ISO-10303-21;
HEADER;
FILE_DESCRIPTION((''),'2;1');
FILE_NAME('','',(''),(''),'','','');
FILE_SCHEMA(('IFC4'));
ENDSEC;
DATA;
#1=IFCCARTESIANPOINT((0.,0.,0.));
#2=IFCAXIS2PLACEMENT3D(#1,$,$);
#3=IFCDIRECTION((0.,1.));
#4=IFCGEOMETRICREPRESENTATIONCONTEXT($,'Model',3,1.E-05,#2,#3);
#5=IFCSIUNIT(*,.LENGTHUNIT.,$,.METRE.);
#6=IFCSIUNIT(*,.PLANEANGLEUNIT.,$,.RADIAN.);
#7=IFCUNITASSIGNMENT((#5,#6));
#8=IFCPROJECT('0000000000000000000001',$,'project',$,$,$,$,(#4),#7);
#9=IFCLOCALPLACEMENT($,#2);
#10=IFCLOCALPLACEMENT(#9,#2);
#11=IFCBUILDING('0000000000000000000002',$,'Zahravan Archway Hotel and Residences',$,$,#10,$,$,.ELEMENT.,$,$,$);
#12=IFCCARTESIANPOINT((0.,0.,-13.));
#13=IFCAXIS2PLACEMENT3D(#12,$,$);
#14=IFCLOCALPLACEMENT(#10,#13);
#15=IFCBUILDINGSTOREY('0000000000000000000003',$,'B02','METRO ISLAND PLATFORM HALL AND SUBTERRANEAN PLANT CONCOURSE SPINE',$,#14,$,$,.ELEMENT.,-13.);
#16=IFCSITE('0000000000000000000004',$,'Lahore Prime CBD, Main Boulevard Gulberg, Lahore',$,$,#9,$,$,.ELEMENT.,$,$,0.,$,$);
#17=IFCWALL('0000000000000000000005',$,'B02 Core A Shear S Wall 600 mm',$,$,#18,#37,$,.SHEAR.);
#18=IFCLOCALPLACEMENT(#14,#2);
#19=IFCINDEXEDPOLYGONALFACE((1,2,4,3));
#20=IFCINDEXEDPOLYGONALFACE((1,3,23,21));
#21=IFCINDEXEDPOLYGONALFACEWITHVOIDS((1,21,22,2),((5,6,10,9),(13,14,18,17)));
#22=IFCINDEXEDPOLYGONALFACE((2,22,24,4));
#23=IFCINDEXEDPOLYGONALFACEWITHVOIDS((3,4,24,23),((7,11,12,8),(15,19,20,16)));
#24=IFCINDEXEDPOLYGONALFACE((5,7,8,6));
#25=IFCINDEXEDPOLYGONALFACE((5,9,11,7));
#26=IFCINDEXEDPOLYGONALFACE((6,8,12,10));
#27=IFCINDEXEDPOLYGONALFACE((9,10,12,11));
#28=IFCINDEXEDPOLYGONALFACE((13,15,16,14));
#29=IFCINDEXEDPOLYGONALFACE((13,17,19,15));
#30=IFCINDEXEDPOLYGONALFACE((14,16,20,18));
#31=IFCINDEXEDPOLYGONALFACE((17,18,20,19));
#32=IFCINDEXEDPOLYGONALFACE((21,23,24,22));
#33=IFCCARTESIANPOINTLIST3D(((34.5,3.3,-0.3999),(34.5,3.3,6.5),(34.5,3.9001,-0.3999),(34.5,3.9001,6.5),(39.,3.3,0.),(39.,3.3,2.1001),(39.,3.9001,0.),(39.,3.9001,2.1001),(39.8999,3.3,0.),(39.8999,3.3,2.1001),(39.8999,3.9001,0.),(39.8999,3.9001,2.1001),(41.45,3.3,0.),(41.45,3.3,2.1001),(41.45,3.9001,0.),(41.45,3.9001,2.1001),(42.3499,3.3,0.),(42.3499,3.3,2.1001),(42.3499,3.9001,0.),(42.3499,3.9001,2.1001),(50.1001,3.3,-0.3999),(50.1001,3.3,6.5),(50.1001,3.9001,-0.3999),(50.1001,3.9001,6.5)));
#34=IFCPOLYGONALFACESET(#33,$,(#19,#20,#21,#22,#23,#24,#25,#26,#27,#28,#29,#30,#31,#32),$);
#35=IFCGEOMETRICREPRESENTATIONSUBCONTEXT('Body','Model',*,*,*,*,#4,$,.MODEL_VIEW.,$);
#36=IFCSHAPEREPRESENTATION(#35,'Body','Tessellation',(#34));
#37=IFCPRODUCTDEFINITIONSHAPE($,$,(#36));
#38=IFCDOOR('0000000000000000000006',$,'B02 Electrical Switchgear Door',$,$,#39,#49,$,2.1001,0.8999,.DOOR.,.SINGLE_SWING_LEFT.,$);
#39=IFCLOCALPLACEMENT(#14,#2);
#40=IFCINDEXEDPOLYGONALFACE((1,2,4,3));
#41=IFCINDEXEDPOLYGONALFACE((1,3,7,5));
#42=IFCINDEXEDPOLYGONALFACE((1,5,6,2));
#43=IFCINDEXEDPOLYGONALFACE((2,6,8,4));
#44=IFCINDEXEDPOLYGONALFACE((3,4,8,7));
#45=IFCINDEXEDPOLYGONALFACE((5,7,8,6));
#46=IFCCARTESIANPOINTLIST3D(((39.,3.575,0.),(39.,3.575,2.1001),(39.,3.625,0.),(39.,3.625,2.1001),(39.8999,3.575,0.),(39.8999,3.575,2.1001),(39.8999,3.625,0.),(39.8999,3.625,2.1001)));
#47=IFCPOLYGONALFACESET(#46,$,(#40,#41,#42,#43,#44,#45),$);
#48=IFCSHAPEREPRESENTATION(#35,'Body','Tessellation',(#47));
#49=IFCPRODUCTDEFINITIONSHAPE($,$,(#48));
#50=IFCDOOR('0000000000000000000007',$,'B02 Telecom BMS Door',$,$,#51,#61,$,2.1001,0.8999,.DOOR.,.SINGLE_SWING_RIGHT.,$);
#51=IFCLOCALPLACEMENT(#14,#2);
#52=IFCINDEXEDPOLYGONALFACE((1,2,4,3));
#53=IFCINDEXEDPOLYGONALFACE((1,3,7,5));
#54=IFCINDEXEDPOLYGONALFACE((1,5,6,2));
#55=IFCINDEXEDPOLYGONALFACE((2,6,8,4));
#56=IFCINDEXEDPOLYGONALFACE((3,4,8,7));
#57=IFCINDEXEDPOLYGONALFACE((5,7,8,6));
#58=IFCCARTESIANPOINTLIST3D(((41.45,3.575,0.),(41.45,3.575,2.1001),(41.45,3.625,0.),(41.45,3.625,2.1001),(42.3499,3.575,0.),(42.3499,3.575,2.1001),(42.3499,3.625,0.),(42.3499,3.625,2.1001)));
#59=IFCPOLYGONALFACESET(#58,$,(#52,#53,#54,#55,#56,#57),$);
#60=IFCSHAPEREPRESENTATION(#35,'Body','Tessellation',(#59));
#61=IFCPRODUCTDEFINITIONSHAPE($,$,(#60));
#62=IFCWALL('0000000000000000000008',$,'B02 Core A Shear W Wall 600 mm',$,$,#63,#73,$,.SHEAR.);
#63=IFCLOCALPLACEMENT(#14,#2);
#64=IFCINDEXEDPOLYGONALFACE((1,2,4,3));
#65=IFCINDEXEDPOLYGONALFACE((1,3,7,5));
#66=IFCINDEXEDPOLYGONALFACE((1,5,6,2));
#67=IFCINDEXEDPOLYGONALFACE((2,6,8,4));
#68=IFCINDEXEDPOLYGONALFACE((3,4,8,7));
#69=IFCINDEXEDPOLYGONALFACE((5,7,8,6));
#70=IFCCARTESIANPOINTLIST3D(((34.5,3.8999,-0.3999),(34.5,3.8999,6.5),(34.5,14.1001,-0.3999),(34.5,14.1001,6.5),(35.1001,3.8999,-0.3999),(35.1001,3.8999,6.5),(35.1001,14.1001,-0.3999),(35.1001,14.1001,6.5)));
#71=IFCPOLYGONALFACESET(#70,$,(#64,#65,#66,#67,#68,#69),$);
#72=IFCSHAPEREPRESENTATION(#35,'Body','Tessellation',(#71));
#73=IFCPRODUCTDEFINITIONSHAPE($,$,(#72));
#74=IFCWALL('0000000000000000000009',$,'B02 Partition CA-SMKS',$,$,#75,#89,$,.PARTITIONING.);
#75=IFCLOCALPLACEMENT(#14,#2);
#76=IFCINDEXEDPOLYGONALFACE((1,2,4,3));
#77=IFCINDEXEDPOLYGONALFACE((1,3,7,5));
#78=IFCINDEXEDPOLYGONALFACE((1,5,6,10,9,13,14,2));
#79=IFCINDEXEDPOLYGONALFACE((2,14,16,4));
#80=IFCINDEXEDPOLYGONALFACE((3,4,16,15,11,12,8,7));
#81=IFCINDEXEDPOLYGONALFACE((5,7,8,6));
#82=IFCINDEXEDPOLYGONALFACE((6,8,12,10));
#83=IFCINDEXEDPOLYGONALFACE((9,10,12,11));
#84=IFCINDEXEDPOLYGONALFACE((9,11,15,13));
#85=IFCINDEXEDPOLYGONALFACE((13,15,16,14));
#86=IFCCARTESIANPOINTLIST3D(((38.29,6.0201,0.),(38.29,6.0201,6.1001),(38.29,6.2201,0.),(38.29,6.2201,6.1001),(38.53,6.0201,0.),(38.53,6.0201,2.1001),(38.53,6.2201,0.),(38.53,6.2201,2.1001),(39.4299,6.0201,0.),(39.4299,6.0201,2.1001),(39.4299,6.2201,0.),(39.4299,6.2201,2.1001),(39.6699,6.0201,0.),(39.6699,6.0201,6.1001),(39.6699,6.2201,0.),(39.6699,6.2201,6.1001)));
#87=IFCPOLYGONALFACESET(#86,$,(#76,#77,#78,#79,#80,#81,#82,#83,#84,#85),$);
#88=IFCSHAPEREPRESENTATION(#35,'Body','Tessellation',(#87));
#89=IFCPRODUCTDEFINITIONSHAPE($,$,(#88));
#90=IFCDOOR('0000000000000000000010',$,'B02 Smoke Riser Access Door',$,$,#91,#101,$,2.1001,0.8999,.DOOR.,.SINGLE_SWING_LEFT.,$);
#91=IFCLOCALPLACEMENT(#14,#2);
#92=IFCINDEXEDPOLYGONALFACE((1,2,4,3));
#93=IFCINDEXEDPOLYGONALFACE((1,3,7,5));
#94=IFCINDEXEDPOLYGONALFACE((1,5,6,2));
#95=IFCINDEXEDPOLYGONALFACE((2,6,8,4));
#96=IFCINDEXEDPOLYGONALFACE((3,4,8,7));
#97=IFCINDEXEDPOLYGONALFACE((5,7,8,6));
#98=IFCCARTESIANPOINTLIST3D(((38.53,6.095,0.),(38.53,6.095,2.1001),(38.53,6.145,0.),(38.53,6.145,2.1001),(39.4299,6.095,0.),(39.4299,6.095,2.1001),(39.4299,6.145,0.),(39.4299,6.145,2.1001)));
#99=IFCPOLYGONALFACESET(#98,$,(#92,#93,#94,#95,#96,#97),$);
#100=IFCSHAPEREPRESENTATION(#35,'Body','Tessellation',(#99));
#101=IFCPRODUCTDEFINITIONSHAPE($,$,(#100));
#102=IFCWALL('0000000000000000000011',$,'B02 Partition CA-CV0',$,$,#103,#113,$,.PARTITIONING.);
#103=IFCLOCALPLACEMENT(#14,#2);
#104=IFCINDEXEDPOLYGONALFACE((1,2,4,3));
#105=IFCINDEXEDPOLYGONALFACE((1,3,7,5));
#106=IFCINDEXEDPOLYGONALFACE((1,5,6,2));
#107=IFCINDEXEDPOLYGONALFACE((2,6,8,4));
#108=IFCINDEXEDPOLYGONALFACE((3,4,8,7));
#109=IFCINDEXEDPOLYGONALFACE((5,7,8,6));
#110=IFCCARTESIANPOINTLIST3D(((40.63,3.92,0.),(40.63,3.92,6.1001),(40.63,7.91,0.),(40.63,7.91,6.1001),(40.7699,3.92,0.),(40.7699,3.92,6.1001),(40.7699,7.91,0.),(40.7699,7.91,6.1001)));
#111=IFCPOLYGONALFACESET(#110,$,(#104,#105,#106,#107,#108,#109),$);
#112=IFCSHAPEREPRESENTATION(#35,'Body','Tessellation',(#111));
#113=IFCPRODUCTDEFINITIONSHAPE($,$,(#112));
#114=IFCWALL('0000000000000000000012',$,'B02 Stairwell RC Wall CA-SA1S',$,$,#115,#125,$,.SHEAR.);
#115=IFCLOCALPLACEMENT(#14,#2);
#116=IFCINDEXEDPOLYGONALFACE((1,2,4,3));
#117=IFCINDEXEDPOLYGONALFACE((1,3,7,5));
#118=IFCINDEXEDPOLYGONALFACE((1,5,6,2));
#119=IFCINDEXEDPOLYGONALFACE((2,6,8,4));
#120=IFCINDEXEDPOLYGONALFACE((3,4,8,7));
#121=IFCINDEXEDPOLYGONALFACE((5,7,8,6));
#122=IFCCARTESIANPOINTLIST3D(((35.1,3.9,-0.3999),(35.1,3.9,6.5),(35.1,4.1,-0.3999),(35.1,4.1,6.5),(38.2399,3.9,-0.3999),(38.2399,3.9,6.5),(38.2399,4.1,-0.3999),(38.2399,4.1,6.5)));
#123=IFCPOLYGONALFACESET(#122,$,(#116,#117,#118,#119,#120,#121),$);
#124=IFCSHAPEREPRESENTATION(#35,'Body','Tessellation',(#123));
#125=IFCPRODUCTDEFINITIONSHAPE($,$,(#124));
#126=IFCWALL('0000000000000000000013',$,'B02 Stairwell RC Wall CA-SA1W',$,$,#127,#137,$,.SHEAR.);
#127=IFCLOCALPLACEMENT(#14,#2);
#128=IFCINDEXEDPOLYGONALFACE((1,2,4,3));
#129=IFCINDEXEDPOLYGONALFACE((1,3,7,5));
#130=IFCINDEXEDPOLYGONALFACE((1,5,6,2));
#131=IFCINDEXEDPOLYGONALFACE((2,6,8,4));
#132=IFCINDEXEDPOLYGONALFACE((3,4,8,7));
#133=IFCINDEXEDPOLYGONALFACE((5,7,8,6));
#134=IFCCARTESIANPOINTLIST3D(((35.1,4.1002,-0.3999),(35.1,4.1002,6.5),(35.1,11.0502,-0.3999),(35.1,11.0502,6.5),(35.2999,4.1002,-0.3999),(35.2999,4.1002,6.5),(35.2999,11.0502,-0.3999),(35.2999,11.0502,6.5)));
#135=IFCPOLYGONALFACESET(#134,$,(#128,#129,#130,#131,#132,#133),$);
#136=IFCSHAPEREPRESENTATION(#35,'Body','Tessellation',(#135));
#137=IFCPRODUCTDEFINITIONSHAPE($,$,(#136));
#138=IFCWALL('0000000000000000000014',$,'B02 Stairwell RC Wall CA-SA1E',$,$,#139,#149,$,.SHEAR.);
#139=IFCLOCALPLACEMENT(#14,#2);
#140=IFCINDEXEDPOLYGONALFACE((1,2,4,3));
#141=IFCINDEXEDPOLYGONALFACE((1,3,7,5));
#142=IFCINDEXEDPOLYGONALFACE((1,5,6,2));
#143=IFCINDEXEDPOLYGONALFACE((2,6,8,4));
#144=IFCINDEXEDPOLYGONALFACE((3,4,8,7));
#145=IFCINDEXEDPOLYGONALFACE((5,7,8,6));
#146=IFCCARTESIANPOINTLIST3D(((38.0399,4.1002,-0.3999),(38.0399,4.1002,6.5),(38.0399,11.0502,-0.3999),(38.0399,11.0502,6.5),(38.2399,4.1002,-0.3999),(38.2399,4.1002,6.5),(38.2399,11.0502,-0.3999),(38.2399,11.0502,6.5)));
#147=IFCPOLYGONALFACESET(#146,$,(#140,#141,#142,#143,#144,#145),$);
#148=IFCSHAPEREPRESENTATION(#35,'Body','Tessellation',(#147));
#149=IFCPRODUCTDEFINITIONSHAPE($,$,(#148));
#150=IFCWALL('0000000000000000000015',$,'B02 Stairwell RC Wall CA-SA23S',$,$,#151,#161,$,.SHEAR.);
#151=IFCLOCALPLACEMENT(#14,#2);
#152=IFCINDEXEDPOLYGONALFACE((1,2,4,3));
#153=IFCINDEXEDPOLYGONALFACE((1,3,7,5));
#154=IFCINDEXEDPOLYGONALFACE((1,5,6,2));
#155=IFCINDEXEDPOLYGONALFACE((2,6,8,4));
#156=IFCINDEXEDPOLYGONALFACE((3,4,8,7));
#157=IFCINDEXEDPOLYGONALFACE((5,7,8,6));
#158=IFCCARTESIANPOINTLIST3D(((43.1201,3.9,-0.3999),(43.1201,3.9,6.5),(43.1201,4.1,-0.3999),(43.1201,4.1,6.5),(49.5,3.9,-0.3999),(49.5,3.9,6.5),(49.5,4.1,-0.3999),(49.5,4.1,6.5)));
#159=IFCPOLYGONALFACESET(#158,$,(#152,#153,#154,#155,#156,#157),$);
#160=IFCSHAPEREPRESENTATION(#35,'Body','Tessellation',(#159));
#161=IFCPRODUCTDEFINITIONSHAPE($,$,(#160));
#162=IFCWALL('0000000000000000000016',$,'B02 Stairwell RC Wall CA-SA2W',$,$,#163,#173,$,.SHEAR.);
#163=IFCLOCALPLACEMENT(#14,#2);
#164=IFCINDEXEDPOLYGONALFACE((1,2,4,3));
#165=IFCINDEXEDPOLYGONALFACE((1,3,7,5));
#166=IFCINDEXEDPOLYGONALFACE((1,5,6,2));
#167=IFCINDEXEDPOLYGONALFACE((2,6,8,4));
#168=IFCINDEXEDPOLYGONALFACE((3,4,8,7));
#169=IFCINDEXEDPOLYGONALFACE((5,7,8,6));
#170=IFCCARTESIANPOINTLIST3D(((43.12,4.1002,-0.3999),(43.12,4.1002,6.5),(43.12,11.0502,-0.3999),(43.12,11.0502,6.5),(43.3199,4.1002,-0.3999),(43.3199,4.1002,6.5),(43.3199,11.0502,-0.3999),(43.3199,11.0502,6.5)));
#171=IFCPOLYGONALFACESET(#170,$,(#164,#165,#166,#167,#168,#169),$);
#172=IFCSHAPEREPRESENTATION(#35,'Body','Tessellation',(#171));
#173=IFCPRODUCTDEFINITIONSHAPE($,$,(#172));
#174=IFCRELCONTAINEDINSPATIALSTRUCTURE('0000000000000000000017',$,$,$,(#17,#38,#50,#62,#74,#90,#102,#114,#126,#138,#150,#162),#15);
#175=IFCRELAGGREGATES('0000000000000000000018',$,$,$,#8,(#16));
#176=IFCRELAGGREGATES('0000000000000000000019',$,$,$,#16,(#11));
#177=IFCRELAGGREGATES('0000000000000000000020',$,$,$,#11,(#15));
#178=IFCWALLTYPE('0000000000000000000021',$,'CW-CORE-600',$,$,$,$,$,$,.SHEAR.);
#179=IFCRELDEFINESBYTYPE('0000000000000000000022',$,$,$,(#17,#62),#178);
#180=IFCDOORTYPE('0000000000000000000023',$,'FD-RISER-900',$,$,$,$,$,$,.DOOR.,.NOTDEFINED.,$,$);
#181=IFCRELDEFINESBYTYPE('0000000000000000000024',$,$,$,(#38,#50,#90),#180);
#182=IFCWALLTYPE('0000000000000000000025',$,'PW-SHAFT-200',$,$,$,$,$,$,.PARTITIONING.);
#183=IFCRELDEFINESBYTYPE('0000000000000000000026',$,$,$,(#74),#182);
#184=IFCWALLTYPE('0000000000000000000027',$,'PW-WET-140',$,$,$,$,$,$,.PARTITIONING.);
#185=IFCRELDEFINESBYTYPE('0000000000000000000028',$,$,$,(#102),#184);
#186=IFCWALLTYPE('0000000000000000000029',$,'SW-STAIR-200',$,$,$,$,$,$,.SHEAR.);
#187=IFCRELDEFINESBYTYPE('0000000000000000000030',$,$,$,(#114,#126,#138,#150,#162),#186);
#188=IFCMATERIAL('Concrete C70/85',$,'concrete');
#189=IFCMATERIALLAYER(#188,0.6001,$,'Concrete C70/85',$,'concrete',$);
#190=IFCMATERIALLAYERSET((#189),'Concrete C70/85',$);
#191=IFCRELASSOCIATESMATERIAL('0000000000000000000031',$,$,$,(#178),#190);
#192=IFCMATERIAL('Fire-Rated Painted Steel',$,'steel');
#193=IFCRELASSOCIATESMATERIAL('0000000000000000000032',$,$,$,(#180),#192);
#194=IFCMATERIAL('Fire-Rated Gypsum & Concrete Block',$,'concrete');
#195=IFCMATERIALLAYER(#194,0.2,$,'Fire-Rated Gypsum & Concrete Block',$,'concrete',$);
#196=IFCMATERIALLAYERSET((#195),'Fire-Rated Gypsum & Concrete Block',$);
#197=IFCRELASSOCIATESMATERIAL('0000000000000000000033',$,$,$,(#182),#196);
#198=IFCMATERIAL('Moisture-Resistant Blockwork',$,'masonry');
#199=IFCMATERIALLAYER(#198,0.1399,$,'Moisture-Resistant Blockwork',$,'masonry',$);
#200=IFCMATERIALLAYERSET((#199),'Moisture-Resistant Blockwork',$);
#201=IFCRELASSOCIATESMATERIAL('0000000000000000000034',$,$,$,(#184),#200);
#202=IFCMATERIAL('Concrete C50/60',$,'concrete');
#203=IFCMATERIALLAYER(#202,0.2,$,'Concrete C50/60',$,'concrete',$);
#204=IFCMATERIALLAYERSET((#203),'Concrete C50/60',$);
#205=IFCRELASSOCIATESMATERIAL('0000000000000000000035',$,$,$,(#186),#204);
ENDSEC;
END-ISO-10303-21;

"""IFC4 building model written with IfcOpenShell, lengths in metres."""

from ifc_helpers import new_model, si_unit, direction, frame, frame_2d, origin, place, context, subcontext, project, spatial, rectangle, extrude, source, transform, mapped, material, layer, layer_set, type_object, type_shapes, element, fill, save


model = new_model("IFC4")

# Units and contexts
model_context = context("Model", 3, precision=1e-05, world=origin(), true_north=direction((0.0, 1.0)))
body_context = subcontext(model_context, "Body", "Model", "MODEL_VIEW")
ifc_project = project(units=[si_unit("LENGTHUNIT", "METRE"), si_unit("PLANEANGLEUNIT", "RADIAN")], contexts=[model_context])

# Site, building, storey
site_placement = place(None, origin())
site = spatial("IfcSite", under=ifc_project, at=site_placement, Name="Lahore Prime CBD, Main Boulevard Gulberg, Lahore", CompositionType="ELEMENT", RefElevation=0.0)
building_placement = place(site_placement, origin())
building = spatial("IfcBuilding", under=site, at=building_placement, Name="Zahravan Archway Hotel and Residences", CompositionType="ELEMENT")
storey_placement = place(building_placement, frame((0.0, 0.0, -13.0)))
storey = spatial("IfcBuildingStorey", under=building, at=storey_placement, Name="B02", Description="METRO ISLAND PLATFORM HALL AND SUBTERRANEAN PLANT CONCOURSE SPINE", CompositionType="ELEMENT", Elevation=-13.0)

# Shared definitions
ifc_material_1 = material(Name="Concrete C50/60", Category="concrete")

# Shared definitions
ifc_material_2 = material(Name="Concrete C70/85", Category="concrete")

# Wall, openings, doors
ifc_layer_1 = layer(ifc_material_2, 0.6001, Name="Concrete C70/85", Category="concrete")
ifc_layer_set_1 = layer_set([ifc_layer_1], Name="Concrete C70/85")
wall_type_1 = type_object("IfcWallType", Name="CW-CORE-600", PredefinedType="SHEAR", material=ifc_layer_set_1)
wall_1_placement = place(storey_placement, frame((34.5, 3.6001, -0.3999), z_axis=(0.0, 0.0, 1.0), x_axis=(1.0, 0.0, 0.0)))
wall_1 = element("IfcWall", 1, at=wall_1_placement, inside=storey, type_object=wall_type_1, Name="B02 Core A Shear S Wall 600 mm", PredefinedType="SHEAR", context=body_context, shape_type="SweptSolid", body=[
    extrude(rectangle(XDim=15.6001, YDim=0.6001, at=frame_2d((7.8, 0.0))), origin(), (0.0, 0.0, 1.0), 6.8999),
])
opening_1_placement = place(wall_1_placement, frame((4.5, 0.0, 0.3999)))
opening_1 = element("IfcOpeningElement", 2, at=opening_1_placement, cuts=wall_1, PredefinedType="OPENING", context=body_context, shape_type="SweptSolid", body=[
    extrude(rectangle(XDim=0.8999, YDim=2.1001, at=frame_2d((0.45, 1.05))), frame((0.0, 0.3101, 0.0), z_axis=(0.0, -1.0, 0.0), x_axis=(1.0, 0.0, 0.0)), (0.0, 0.0, 1.0), 0.6201),
])
opening_2_placement = place(wall_1_placement, frame((6.95, 0.0, 0.3999)))
opening_2 = element("IfcOpeningElement", 3, at=opening_2_placement, cuts=wall_1, PredefinedType="OPENING", context=body_context, shape_type="SweptSolid", body=[
    extrude(rectangle(XDim=0.8999, YDim=2.1001, at=frame_2d((0.45, 1.05))), frame((0.0, 0.3101, 0.0), z_axis=(0.0, -1.0, 0.0), x_axis=(1.0, 0.0, 0.0)), (0.0, 0.0, 1.0), 0.6201),
])
ifc_material_3 = material(Name="Fire-Rated Painted Steel", Category="steel")
door_type_1 = type_object("IfcDoorType", Name="FD-RISER-900", OperationType="NOTDEFINED", PredefinedType="DOOR", material=ifc_material_3)
shared_shape_1 = source(origin(), body_context, "Body", "SweptSolid", [
    extrude(rectangle(XDim=0.8999, YDim=2.1001, at=frame_2d((0.45, 1.05))), frame((0.0, 0.0249, 0.0), z_axis=(0.0, -1.0, 0.0), x_axis=(1.0, 0.0, 0.0)), (0.0, 0.0, 1.0), 0.05),
])
type_shapes(door_type_1, [shared_shape_1])
door_1_placement = place(opening_1_placement, origin())
door_1 = element("IfcDoor", 4, at=door_1_placement, inside=storey, type_object=door_type_1, Name="B02 Electrical Switchgear Door", OperationType="SINGLE_SWING_LEFT", OverallHeight=2.1001, OverallWidth=0.8999, PredefinedType="DOOR", context=body_context, shape_type="MappedRepresentation", body=[
    mapped(shared_shape_1, transform((0.0, 0.0, 0.0), scale=1.0)),
])
fill(opening_1, door_1)
door_2_placement = place(opening_2_placement, origin())
door_2 = element("IfcDoor", 5, at=door_2_placement, inside=storey, type_object=door_type_1, Name="B02 Telecom BMS Door", OperationType="SINGLE_SWING_RIGHT", OverallHeight=2.1001, OverallWidth=0.8999, PredefinedType="DOOR", context=body_context, shape_type="MappedRepresentation", body=[
    mapped(shared_shape_1, transform((0.0, 0.0, 0.0), scale=1.0)),
])
fill(opening_2, door_2)

# Wall
wall_2_placement = place(storey_placement, frame((34.8, 3.8999, -0.3999), z_axis=(0.0, 0.0, 1.0), x_axis=(0.0, 1.0, 0.0)))
element("IfcWall", 6, at=wall_2_placement, inside=storey, type_object=wall_type_1, Name="B02 Core A Shear W Wall 600 mm", PredefinedType="SHEAR", context=body_context, shape_type="SweptSolid", body=[
    extrude(rectangle(XDim=10.2002, YDim=0.6001, at=frame_2d((5.1001, 0.0))), origin(), (0.0, 0.0, 1.0), 6.8999),
])

# Wall, opening, door
ifc_material_4 = material(Name="Fire-Rated Gypsum & Concrete Block", Category="concrete")
ifc_layer_2 = layer(ifc_material_4, 0.2, Name="Fire-Rated Gypsum & Concrete Block", Category="concrete")
ifc_layer_set_2 = layer_set([ifc_layer_2], Name="Fire-Rated Gypsum & Concrete Block")
wall_type_2 = type_object("IfcWallType", Name="PW-SHAFT-200", PredefinedType="PARTITIONING", material=ifc_layer_set_2)
wall_3_placement = place(storey_placement, frame((38.29, 6.1201, 0.0), z_axis=(0.0, 0.0, 1.0), x_axis=(1.0, 0.0, 0.0)))
wall_3 = element("IfcWall", 7, at=wall_3_placement, inside=storey, type_object=wall_type_2, Name="B02 Partition CA-SMKS", PredefinedType="PARTITIONING", context=body_context, shape_type="SweptSolid", body=[
    extrude(rectangle(XDim=1.3799, YDim=0.2, at=frame_2d((0.6899, 0.0))), origin(), (0.0, 0.0, 1.0), 6.1001),
])
opening_3_placement = place(wall_3_placement, frame((0.24, 0.0, 0.0)))
opening_3 = element("IfcOpeningElement", 8, at=opening_3_placement, cuts=wall_3, PredefinedType="OPENING", context=body_context, shape_type="SweptSolid", body=[
    extrude(rectangle(XDim=0.8999, YDim=2.1001, at=frame_2d((0.45, 1.05))), frame((0.0, 0.1099, 0.0), z_axis=(0.0, -1.0, 0.0), x_axis=(1.0, 0.0, 0.0)), (0.0, 0.0, 1.0), 0.22),
])
door_3_placement = place(opening_3_placement, origin())
door_3 = element("IfcDoor", 9, at=door_3_placement, inside=storey, type_object=door_type_1, Name="B02 Smoke Riser Access Door", OperationType="SINGLE_SWING_LEFT", OverallHeight=2.1001, OverallWidth=0.8999, PredefinedType="DOOR", context=body_context, shape_type="MappedRepresentation", body=[
    mapped(shared_shape_1, transform((0.0, 0.0, 0.0), scale=1.0)),
])
fill(opening_3, door_3)

# Walls
ifc_material_5 = material(Name="Moisture-Resistant Blockwork", Category="masonry")
ifc_layer_3 = layer(ifc_material_5, 0.1399, Name="Moisture-Resistant Blockwork", Category="masonry")
ifc_layer_set_3 = layer_set([ifc_layer_3], Name="Moisture-Resistant Blockwork")
wall_type_3 = type_object("IfcWallType", Name="PW-WET-140", PredefinedType="PARTITIONING", material=ifc_layer_set_3)
wall_4_placement = place(storey_placement, frame((40.7, 3.9199, 0.0), z_axis=(0.0, 0.0, 1.0), x_axis=(0.0, 1.0, 0.0)))
element("IfcWall", 10, at=wall_4_placement, inside=storey, type_object=wall_type_3, Name="B02 Partition CA-CV0", PredefinedType="PARTITIONING", context=body_context, shape_type="SweptSolid", body=[
    extrude(rectangle(XDim=3.99, YDim=0.1399, at=frame_2d((1.9951, 0.0))), origin(), (0.0, 0.0, 1.0), 6.1001),
])
ifc_layer_4 = layer(ifc_material_1, 0.2, Name="Concrete C50/60", Category="concrete")
ifc_layer_set_4 = layer_set([ifc_layer_4], Name="Concrete C50/60")
wall_type_4 = type_object("IfcWallType", Name="SW-STAIR-200", PredefinedType="SHEAR", material=ifc_layer_set_4)
wall_5_placement = place(storey_placement, frame((35.1001, 4.0, -0.3999), z_axis=(0.0, 0.0, 1.0), x_axis=(1.0, 0.0, 0.0)))
element("IfcWall", 11, at=wall_5_placement, inside=storey, type_object=wall_type_4, Name="B02 Stairwell RC Wall CA-SA1S", PredefinedType="SHEAR", context=body_context, shape_type="SweptSolid", body=[
    extrude(rectangle(XDim=3.1399, YDim=0.2, at=frame_2d((1.5698, 0.0))), origin(), (0.0, 0.0, 1.0), 6.8999),
])
for number, where, z_axis, x_axis, name in (
    (12, (35.2, 4.1001, -0.3999), (0.0, 0.0, 1.0), (0.0, 1.0, 0.0), "B02 Stairwell RC Wall CA-SA1W"),
    (13, (38.1399, 4.1001, -0.3999), (0.0, 0.0, 1.0), (0.0, 1.0, 0.0), "B02 Stairwell RC Wall CA-SA1E"),
):
    element("IfcWall", number, at=place(storey_placement, frame(where, z_axis=z_axis, x_axis=x_axis)), inside=storey, type_object=wall_type_4, Name=name, PredefinedType="SHEAR", context=body_context, shape_type="SweptSolid", body=[
        extrude(rectangle(XDim=6.95, YDim=0.2, at=frame_2d((3.4751, 0.0))), origin(), (0.0, 0.0, 1.0), 6.8999),
    ])
wall_6_placement = place(storey_placement, frame((43.1201, 4.0, -0.3999), z_axis=(0.0, 0.0, 1.0), x_axis=(1.0, 0.0, 0.0)))
element("IfcWall", 14, at=wall_6_placement, inside=storey, type_object=wall_type_4, Name="B02 Stairwell RC Wall CA-SA23S", PredefinedType="SHEAR", context=body_context, shape_type="SweptSolid", body=[
    extrude(rectangle(XDim=6.3799, YDim=0.2, at=frame_2d((3.1899, 0.0))), origin(), (0.0, 0.0, 1.0), 6.8999),
])
wall_7_placement = place(storey_placement, frame((43.22, 4.1001, -0.3999), z_axis=(0.0, 0.0, 1.0), x_axis=(0.0, 1.0, 0.0)))
element("IfcWall", 15, at=wall_7_placement, inside=storey, type_object=wall_type_4, Name="B02 Stairwell RC Wall CA-SA2W", PredefinedType="SHEAR", context=body_context, shape_type="SweptSolid", body=[
    extrude(rectangle(XDim=6.95, YDim=0.2, at=frame_2d((3.4751, 0.0))), origin(), (0.0, 0.0, 1.0), 6.8999),
])

save(model, "model.ifc")
